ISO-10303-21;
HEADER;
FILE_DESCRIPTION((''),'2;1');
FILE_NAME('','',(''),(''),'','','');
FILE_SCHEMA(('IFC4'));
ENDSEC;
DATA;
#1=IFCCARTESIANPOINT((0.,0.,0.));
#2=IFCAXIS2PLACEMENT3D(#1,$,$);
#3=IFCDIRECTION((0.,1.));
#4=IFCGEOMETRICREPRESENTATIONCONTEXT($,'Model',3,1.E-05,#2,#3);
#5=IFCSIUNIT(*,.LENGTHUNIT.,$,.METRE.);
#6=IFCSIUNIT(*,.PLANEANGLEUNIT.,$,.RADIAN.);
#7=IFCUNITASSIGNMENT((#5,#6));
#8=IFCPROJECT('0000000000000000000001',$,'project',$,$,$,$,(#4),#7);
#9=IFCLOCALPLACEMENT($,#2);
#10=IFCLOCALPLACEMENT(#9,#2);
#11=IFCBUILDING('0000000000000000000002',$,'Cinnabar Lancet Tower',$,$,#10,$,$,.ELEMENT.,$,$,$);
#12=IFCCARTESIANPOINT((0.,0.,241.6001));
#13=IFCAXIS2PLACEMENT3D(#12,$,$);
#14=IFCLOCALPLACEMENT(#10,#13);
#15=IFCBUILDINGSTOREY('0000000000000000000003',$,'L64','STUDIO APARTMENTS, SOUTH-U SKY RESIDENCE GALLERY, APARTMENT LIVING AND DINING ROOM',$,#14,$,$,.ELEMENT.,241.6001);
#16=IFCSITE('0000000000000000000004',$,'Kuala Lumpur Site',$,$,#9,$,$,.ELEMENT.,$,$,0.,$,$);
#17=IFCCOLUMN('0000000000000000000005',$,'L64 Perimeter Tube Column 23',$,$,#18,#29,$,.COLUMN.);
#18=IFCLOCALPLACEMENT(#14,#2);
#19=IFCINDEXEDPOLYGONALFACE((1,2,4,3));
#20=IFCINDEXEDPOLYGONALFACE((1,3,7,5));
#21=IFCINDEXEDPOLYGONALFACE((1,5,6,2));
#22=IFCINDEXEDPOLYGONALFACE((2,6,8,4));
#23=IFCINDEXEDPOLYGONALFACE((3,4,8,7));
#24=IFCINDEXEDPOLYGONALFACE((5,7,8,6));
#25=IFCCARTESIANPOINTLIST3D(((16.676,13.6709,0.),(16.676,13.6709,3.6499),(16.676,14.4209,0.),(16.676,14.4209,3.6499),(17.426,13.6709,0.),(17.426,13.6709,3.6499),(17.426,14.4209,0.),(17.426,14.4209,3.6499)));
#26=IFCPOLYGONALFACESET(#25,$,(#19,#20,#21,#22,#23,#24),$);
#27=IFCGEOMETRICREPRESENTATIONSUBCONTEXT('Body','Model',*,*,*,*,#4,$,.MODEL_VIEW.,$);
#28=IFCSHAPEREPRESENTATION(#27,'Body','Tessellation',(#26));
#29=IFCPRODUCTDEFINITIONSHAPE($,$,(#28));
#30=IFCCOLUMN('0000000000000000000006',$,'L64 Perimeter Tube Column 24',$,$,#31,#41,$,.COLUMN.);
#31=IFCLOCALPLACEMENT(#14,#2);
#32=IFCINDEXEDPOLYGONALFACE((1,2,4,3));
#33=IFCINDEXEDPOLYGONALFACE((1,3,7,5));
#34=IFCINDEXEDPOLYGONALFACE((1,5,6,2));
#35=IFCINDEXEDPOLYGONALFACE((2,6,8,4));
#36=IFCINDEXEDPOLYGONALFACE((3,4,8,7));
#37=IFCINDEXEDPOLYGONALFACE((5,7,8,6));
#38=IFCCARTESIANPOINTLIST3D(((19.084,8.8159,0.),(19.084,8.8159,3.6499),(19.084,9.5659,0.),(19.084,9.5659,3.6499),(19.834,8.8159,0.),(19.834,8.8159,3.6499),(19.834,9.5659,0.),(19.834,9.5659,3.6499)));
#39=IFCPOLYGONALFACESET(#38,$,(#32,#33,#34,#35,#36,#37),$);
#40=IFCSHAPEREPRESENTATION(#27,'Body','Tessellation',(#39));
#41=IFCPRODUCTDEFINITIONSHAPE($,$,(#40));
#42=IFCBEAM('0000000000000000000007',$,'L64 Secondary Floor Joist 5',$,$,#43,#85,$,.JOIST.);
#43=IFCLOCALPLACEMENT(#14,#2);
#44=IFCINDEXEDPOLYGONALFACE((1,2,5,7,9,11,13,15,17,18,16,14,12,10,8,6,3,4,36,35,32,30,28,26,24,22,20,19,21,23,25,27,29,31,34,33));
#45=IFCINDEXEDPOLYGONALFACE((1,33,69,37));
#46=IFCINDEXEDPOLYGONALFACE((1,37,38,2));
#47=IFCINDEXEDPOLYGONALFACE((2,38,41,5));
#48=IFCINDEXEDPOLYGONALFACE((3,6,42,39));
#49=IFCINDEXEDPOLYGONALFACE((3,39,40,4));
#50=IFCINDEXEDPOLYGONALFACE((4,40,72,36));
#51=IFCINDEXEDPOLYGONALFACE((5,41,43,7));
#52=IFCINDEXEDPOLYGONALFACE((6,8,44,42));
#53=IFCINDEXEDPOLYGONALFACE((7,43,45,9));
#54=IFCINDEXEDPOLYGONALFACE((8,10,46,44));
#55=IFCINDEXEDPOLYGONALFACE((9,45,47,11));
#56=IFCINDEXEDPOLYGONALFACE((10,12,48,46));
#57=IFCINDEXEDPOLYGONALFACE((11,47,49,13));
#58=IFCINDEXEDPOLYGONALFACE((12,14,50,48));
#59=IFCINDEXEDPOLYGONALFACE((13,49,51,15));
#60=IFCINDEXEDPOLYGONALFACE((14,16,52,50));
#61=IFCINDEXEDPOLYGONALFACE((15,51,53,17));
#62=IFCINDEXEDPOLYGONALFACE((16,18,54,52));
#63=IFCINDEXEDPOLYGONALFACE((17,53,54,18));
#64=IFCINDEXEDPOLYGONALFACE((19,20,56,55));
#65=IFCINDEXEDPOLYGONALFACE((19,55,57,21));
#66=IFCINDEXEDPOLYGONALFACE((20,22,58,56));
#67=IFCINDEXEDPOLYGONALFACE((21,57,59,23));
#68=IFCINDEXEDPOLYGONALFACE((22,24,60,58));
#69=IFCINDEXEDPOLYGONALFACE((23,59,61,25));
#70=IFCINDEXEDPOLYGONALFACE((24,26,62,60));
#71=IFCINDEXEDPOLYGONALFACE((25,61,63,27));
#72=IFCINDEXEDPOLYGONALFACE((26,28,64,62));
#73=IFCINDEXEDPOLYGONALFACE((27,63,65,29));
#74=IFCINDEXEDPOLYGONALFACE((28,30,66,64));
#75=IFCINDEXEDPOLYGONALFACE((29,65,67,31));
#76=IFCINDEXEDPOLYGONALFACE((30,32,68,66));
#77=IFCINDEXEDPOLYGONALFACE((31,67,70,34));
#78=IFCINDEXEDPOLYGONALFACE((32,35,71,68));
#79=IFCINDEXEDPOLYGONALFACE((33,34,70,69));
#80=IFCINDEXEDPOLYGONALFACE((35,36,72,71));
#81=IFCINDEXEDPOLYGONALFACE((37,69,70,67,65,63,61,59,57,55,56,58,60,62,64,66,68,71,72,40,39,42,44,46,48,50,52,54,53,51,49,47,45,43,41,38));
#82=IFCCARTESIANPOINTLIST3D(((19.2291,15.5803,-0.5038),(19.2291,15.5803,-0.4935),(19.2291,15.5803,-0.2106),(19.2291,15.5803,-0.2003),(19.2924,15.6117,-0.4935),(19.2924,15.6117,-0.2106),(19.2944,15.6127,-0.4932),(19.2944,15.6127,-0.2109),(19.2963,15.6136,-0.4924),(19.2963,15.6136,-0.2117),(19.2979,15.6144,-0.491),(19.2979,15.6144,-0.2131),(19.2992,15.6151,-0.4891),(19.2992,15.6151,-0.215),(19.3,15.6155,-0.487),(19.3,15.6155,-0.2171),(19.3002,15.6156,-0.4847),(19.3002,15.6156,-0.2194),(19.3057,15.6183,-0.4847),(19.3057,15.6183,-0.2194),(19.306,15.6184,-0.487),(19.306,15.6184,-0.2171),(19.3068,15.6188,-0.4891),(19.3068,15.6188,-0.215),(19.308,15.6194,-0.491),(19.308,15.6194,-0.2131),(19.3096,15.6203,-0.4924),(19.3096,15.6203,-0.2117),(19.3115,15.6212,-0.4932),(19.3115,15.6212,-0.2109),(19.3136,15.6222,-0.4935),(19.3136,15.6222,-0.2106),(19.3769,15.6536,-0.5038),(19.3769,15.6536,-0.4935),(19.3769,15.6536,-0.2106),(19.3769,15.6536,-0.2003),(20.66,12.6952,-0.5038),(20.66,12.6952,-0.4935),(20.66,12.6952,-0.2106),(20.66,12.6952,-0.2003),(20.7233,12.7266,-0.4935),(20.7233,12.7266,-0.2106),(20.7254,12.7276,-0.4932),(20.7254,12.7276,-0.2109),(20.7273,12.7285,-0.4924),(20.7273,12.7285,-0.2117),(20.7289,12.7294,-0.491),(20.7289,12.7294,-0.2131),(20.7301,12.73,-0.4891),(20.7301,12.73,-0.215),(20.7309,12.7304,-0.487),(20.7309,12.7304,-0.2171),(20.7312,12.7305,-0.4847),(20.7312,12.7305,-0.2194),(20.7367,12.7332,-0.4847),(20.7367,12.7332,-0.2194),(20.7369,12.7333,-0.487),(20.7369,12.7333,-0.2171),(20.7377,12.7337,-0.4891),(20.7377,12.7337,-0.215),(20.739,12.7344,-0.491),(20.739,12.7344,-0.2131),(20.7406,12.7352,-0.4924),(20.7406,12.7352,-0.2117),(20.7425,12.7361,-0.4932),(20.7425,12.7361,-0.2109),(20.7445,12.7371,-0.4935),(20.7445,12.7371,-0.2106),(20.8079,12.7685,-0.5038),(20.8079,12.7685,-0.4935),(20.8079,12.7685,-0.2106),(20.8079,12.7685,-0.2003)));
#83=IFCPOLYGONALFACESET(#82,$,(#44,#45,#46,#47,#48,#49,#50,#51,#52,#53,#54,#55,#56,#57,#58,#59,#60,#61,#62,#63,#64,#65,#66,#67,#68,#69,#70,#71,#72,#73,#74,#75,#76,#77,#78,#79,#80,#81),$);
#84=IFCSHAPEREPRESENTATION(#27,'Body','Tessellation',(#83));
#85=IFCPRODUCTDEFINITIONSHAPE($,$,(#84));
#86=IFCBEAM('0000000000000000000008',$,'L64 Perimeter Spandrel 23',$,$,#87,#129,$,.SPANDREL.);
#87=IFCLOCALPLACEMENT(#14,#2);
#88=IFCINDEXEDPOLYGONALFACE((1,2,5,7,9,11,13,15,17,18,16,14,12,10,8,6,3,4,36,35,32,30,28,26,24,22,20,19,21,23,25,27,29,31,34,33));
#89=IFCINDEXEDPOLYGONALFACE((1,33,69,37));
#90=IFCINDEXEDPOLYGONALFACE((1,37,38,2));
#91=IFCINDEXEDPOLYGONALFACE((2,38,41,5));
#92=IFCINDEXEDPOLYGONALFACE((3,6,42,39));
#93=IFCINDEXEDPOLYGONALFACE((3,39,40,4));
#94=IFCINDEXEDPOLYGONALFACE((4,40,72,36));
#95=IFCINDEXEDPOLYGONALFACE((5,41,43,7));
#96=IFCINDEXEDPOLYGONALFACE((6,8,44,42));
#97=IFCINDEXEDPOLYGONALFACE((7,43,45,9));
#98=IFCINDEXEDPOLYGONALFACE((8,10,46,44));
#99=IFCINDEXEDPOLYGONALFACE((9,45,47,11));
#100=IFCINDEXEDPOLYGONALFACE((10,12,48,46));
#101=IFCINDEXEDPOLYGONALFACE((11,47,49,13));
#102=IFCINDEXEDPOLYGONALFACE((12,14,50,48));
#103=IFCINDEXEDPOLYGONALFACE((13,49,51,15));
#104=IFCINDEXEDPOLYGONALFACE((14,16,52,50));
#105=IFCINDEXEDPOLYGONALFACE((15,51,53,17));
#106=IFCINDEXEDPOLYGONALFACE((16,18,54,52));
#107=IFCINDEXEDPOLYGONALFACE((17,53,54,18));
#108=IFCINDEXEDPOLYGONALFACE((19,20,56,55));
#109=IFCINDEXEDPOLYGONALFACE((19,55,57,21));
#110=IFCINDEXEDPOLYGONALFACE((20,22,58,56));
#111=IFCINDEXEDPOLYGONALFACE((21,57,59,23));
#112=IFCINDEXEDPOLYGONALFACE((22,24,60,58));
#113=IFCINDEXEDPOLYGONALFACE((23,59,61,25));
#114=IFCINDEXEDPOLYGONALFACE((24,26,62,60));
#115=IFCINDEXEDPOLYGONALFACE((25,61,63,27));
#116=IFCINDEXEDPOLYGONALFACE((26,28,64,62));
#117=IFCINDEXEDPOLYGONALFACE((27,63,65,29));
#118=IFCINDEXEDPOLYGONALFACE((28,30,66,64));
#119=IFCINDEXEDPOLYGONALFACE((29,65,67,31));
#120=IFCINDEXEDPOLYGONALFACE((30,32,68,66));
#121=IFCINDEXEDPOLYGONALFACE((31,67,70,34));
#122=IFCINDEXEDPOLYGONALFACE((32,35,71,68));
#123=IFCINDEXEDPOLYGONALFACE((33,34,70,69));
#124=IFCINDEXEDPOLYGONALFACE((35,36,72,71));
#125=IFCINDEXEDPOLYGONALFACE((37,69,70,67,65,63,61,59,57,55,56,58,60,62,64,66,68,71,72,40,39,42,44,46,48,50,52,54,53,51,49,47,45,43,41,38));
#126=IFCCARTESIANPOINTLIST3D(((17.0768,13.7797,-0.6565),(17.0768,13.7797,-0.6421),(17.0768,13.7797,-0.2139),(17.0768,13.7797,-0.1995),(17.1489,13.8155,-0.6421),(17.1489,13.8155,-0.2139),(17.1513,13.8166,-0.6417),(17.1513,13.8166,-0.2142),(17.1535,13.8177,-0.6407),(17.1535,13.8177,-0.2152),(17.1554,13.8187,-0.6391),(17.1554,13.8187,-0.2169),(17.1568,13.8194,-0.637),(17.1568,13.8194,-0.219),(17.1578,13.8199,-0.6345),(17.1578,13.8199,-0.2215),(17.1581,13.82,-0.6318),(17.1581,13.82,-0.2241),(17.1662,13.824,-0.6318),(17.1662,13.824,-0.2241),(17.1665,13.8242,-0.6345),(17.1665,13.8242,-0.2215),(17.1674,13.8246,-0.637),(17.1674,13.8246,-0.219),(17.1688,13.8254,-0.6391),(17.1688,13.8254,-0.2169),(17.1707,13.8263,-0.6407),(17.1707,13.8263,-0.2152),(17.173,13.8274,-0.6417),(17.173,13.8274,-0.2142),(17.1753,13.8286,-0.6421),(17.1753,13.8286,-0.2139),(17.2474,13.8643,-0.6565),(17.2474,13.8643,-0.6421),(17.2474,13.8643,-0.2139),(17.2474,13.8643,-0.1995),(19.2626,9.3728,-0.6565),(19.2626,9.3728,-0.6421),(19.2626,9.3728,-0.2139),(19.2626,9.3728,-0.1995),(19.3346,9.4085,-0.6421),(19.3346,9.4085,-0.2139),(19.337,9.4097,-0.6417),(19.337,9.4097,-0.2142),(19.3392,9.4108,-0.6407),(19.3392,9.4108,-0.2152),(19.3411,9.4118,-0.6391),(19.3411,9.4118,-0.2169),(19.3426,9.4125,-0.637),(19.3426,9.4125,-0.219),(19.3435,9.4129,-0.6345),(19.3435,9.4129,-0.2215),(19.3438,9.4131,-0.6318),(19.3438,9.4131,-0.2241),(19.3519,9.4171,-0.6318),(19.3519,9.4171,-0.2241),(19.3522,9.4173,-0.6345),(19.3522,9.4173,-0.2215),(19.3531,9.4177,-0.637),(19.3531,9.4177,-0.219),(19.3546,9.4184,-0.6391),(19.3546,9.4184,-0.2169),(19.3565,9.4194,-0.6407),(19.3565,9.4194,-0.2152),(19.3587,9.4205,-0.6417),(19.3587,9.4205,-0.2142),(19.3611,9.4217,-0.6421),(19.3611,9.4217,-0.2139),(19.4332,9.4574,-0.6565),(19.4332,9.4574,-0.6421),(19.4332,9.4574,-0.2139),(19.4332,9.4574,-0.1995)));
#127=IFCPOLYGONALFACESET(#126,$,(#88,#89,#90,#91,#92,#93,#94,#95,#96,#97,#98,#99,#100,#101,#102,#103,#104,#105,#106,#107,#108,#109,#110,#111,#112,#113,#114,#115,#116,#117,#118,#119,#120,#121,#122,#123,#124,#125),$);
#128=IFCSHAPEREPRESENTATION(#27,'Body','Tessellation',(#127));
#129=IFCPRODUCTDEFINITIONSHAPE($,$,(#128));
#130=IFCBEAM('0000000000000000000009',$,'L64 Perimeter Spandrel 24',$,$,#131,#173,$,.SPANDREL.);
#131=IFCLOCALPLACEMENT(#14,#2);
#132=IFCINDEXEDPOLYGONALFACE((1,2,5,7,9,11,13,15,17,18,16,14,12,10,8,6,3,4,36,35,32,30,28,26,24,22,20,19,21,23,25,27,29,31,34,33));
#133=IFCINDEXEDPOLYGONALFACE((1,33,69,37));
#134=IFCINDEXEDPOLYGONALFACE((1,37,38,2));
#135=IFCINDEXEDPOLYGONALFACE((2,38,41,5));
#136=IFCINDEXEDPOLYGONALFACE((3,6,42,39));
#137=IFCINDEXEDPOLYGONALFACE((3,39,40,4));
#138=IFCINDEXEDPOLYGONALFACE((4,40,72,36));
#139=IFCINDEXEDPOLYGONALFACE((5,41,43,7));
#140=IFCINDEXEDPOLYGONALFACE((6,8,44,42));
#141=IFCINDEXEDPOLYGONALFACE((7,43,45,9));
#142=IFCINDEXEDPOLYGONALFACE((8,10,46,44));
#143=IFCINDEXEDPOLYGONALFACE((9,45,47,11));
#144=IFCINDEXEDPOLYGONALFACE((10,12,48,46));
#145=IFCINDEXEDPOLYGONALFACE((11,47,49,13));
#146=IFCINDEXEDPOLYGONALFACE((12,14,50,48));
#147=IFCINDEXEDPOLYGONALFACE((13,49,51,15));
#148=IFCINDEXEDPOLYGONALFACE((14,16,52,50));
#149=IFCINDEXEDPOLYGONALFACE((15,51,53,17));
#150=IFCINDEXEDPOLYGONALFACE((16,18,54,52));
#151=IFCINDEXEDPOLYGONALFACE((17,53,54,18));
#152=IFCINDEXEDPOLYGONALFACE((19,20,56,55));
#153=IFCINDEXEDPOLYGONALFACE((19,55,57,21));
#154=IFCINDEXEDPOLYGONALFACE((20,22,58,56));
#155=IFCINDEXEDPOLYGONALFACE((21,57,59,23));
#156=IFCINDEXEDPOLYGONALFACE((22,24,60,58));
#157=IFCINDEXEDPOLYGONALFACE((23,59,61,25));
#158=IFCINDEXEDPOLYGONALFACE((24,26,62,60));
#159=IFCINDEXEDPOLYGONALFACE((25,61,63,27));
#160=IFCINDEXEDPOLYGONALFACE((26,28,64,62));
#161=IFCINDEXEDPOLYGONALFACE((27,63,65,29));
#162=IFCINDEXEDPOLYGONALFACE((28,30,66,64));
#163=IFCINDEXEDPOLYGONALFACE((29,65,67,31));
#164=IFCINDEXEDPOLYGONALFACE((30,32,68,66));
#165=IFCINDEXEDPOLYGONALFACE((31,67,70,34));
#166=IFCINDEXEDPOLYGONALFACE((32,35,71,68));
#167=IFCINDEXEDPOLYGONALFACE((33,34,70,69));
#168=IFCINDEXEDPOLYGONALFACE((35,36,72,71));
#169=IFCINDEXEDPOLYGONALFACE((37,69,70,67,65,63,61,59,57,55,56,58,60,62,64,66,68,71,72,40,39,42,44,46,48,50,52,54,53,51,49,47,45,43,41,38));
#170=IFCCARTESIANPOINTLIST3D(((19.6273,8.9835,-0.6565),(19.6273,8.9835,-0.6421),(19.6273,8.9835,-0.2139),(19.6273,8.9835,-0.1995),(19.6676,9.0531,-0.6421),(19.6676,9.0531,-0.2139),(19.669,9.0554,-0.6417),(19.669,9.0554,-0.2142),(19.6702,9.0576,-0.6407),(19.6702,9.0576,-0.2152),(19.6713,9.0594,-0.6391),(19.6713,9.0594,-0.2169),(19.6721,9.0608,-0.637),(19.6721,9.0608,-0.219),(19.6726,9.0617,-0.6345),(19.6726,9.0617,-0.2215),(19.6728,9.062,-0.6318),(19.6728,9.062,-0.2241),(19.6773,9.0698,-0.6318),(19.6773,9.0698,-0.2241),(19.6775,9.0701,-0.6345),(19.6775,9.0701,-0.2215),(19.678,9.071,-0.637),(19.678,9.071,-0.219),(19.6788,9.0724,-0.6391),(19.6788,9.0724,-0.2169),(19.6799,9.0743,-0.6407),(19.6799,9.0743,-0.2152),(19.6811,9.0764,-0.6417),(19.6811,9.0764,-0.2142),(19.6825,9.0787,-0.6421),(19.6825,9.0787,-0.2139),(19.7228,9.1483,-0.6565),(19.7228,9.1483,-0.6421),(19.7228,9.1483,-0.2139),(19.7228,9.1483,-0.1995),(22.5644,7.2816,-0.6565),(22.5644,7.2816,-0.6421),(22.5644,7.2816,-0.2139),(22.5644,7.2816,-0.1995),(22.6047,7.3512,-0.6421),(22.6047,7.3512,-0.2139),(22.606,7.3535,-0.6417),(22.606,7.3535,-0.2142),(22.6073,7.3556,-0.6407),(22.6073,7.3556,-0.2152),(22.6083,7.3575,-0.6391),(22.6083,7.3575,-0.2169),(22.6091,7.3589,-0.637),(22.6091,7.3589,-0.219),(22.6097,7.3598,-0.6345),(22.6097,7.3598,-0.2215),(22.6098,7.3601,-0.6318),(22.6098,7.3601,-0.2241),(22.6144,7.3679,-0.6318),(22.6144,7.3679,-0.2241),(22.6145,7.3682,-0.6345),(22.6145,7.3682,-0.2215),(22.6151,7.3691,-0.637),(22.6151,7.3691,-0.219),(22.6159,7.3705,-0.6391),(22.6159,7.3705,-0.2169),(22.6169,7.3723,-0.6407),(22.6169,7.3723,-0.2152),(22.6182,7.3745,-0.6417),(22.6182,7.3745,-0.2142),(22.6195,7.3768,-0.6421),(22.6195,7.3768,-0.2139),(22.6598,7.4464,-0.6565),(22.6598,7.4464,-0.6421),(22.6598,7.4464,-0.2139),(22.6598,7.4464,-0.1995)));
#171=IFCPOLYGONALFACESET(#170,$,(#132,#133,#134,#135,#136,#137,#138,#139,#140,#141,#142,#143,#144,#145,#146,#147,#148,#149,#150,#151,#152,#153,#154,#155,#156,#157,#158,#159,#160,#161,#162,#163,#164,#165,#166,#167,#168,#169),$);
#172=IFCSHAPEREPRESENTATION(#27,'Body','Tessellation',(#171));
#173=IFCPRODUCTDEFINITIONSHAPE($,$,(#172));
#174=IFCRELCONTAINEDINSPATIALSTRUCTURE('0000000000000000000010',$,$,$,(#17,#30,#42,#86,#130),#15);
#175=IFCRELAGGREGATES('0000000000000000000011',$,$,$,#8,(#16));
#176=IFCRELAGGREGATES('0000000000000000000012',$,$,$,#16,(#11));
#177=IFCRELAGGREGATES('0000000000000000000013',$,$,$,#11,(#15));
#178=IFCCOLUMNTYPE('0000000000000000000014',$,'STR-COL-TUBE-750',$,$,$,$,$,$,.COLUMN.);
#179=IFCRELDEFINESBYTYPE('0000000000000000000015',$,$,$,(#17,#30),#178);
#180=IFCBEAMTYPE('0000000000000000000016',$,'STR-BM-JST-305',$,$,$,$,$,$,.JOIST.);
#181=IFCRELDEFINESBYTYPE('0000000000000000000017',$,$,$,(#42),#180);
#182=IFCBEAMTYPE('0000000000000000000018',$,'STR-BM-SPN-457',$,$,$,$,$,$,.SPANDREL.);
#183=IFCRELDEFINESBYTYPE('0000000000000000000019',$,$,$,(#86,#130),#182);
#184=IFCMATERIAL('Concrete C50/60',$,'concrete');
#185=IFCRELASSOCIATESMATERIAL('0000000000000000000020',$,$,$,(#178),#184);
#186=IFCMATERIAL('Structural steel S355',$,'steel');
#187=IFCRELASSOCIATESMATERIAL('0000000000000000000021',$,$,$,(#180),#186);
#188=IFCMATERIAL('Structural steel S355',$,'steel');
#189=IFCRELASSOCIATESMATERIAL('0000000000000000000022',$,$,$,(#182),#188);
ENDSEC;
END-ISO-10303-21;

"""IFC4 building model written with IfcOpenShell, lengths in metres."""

from ifc_helpers import new_model, si_unit, direction, frame, origin, origin_2d, place, context, subcontext, project, spatial, rectangle, i_section, extrude, material, material_profile, profile_set, type_object, element, save


model = new_model("IFC4")

# Units and contexts
model_context = context("Model", 3, precision=1e-05, world=origin(), true_north=direction((0.0, 1.0)))
body_context = subcontext(model_context, "Body", "Model", "MODEL_VIEW")
ifc_project = project(units=[si_unit("LENGTHUNIT", "METRE"), si_unit("PLANEANGLEUNIT", "RADIAN")], contexts=[model_context])

# Site, building, storey
site_placement = place(None, origin())
site = spatial("IfcSite", under=ifc_project, at=site_placement, Name="Kuala Lumpur Site", CompositionType="ELEMENT", RefElevation=0.0)
building_placement = place(site_placement, origin())
building = spatial("IfcBuilding", under=site, at=building_placement, Name="Cinnabar Lancet Tower", CompositionType="ELEMENT")
storey_placement = place(building_placement, frame((0.0, 0.0, 241.6001)))
storey = spatial("IfcBuildingStorey", under=building, at=storey_placement, Name="L64", Description="STUDIO APARTMENTS, SOUTH-U SKY RESIDENCE GALLERY, APARTMENT LIVING AND DINING ROOM", CompositionType="ELEMENT", Elevation=241.6001)

# Columns
ifc_material_1 = material(Name="Concrete C50/60", Category="concrete")
ifc_material_profile_1 = material_profile(ifc_material_1, rectangle(XDim=0.75, YDim=0.75, at=origin_2d()), Name="RC-COL 750x750")
ifc_profile_set_1 = profile_set([ifc_material_profile_1], Name="Concrete C50/60")
column_type = type_object("IfcColumnType", Name="STR-COL-TUBE-750", PredefinedType="COLUMN", material=ifc_profile_set_1)
for number, where, z_axis, x_axis, name in (
    (1, (17.051, 14.0459, 0.0), (0.0, 0.0, 1.0), (1.0, 0.0, 0.0), "L64 Perimeter Tube Column 23"),
    (2, (19.459, 9.1909, 0.0), (0.0, 0.0, 1.0), (1.0, 0.0, 0.0), "L64 Perimeter Tube Column 24"),
):
    element("IfcColumn", number, at=place(storey_placement, frame(where, z_axis=z_axis, x_axis=x_axis)), inside=storey, type_object=column_type, Name=name, PredefinedType="COLUMN", context=body_context, shape_type="SweptSolid", body=[
        extrude(rectangle(XDim=0.75, YDim=0.75, at=origin_2d()), origin(), (0.0, 0.0, 1.0), 3.6499),
    ])

# Beams
ifc_material_2 = material(Name="Structural steel S355", Category="steel")
ifc_material_profile_2 = material_profile(ifc_material_2, i_section(OverallWidth=0.165, OverallDepth=0.3035, WebThickness=0.0061, FlangeThickness=0.0103, FilletRadius=0.0088, at=origin_2d()), Name="UKB 305x165x40")
ifc_profile_set_2 = profile_set([ifc_material_profile_2], Name="Structural steel S355")
beam_type_1 = type_object("IfcBeamType", Name="STR-BM-JST-305", PredefinedType="JOIST", material=ifc_profile_set_2)
beam_1_placement = place(storey_placement, frame((19.303, 15.6169, -0.3521), z_axis=(0.44433, -0.895863, 0.0), x_axis=(0.895863, 0.44433, 0.0)))
element("IfcBeam", 3, at=beam_1_placement, inside=storey, type_object=beam_type_1, Name="L64 Secondary Floor Joist 5", PredefinedType="JOIST", context=body_context, shape_type="SweptSolid", body=[
    extrude(i_section(OverallWidth=0.165, OverallDepth=0.3035, WebThickness=0.0061, FlangeThickness=0.0103, FilletRadius=0.0088, at=origin_2d()), origin(), (0.0, 0.0, 1.0), 3.2205),
])
ifc_material_3 = material(Name="Structural steel S355", Category="steel")
ifc_material_profile_3 = material_profile(ifc_material_3, i_section(OverallWidth=0.1904, OverallDepth=0.457, WebThickness=0.009, FlangeThickness=0.0144, FilletRadius=0.0103, at=origin_2d()), Name="UKB 457x191x74")
ifc_profile_set_3 = profile_set([ifc_material_profile_3], Name="Structural steel S355")
beam_type_2 = type_object("IfcBeamType", Name="STR-BM-SPN-457", PredefinedType="SPANDREL", material=ifc_profile_set_3)
beam_2_placement = place(storey_placement, frame((17.1621, 13.822, -0.428), z_axis=(0.444333, -0.895862, 0.0), x_axis=(0.895862, 0.444333, 0.0)))
element("IfcBeam", 4, at=beam_2_placement, inside=storey, type_object=beam_type_2, Name="L64 Perimeter Spandrel 23", PredefinedType="SPANDREL", context=body_context, shape_type="SweptSolid", body=[
    extrude(i_section(OverallWidth=0.1904, OverallDepth=0.457, WebThickness=0.009, FlangeThickness=0.0144, FilletRadius=0.0103, at=origin_2d()), origin(), (0.0, 0.0, 1.0), 4.9192),
])
beam_3_placement = place(storey_placement, frame((19.675, 9.0659, -0.428), z_axis=(0.865231, -0.501374, 0.0), x_axis=(0.501374, 0.865231, 0.0)))
element("IfcBeam", 5, at=beam_3_placement, inside=storey, type_object=beam_type_2, Name="L64 Perimeter Spandrel 24", PredefinedType="SPANDREL", context=body_context, shape_type="SweptSolid", body=[
    extrude(i_section(OverallWidth=0.1904, OverallDepth=0.457, WebThickness=0.009, FlangeThickness=0.0144, FilletRadius=0.0103, at=origin_2d()), origin(), (0.0, 0.0, 1.0), 3.3945),
])

save(model, "model.ifc")
